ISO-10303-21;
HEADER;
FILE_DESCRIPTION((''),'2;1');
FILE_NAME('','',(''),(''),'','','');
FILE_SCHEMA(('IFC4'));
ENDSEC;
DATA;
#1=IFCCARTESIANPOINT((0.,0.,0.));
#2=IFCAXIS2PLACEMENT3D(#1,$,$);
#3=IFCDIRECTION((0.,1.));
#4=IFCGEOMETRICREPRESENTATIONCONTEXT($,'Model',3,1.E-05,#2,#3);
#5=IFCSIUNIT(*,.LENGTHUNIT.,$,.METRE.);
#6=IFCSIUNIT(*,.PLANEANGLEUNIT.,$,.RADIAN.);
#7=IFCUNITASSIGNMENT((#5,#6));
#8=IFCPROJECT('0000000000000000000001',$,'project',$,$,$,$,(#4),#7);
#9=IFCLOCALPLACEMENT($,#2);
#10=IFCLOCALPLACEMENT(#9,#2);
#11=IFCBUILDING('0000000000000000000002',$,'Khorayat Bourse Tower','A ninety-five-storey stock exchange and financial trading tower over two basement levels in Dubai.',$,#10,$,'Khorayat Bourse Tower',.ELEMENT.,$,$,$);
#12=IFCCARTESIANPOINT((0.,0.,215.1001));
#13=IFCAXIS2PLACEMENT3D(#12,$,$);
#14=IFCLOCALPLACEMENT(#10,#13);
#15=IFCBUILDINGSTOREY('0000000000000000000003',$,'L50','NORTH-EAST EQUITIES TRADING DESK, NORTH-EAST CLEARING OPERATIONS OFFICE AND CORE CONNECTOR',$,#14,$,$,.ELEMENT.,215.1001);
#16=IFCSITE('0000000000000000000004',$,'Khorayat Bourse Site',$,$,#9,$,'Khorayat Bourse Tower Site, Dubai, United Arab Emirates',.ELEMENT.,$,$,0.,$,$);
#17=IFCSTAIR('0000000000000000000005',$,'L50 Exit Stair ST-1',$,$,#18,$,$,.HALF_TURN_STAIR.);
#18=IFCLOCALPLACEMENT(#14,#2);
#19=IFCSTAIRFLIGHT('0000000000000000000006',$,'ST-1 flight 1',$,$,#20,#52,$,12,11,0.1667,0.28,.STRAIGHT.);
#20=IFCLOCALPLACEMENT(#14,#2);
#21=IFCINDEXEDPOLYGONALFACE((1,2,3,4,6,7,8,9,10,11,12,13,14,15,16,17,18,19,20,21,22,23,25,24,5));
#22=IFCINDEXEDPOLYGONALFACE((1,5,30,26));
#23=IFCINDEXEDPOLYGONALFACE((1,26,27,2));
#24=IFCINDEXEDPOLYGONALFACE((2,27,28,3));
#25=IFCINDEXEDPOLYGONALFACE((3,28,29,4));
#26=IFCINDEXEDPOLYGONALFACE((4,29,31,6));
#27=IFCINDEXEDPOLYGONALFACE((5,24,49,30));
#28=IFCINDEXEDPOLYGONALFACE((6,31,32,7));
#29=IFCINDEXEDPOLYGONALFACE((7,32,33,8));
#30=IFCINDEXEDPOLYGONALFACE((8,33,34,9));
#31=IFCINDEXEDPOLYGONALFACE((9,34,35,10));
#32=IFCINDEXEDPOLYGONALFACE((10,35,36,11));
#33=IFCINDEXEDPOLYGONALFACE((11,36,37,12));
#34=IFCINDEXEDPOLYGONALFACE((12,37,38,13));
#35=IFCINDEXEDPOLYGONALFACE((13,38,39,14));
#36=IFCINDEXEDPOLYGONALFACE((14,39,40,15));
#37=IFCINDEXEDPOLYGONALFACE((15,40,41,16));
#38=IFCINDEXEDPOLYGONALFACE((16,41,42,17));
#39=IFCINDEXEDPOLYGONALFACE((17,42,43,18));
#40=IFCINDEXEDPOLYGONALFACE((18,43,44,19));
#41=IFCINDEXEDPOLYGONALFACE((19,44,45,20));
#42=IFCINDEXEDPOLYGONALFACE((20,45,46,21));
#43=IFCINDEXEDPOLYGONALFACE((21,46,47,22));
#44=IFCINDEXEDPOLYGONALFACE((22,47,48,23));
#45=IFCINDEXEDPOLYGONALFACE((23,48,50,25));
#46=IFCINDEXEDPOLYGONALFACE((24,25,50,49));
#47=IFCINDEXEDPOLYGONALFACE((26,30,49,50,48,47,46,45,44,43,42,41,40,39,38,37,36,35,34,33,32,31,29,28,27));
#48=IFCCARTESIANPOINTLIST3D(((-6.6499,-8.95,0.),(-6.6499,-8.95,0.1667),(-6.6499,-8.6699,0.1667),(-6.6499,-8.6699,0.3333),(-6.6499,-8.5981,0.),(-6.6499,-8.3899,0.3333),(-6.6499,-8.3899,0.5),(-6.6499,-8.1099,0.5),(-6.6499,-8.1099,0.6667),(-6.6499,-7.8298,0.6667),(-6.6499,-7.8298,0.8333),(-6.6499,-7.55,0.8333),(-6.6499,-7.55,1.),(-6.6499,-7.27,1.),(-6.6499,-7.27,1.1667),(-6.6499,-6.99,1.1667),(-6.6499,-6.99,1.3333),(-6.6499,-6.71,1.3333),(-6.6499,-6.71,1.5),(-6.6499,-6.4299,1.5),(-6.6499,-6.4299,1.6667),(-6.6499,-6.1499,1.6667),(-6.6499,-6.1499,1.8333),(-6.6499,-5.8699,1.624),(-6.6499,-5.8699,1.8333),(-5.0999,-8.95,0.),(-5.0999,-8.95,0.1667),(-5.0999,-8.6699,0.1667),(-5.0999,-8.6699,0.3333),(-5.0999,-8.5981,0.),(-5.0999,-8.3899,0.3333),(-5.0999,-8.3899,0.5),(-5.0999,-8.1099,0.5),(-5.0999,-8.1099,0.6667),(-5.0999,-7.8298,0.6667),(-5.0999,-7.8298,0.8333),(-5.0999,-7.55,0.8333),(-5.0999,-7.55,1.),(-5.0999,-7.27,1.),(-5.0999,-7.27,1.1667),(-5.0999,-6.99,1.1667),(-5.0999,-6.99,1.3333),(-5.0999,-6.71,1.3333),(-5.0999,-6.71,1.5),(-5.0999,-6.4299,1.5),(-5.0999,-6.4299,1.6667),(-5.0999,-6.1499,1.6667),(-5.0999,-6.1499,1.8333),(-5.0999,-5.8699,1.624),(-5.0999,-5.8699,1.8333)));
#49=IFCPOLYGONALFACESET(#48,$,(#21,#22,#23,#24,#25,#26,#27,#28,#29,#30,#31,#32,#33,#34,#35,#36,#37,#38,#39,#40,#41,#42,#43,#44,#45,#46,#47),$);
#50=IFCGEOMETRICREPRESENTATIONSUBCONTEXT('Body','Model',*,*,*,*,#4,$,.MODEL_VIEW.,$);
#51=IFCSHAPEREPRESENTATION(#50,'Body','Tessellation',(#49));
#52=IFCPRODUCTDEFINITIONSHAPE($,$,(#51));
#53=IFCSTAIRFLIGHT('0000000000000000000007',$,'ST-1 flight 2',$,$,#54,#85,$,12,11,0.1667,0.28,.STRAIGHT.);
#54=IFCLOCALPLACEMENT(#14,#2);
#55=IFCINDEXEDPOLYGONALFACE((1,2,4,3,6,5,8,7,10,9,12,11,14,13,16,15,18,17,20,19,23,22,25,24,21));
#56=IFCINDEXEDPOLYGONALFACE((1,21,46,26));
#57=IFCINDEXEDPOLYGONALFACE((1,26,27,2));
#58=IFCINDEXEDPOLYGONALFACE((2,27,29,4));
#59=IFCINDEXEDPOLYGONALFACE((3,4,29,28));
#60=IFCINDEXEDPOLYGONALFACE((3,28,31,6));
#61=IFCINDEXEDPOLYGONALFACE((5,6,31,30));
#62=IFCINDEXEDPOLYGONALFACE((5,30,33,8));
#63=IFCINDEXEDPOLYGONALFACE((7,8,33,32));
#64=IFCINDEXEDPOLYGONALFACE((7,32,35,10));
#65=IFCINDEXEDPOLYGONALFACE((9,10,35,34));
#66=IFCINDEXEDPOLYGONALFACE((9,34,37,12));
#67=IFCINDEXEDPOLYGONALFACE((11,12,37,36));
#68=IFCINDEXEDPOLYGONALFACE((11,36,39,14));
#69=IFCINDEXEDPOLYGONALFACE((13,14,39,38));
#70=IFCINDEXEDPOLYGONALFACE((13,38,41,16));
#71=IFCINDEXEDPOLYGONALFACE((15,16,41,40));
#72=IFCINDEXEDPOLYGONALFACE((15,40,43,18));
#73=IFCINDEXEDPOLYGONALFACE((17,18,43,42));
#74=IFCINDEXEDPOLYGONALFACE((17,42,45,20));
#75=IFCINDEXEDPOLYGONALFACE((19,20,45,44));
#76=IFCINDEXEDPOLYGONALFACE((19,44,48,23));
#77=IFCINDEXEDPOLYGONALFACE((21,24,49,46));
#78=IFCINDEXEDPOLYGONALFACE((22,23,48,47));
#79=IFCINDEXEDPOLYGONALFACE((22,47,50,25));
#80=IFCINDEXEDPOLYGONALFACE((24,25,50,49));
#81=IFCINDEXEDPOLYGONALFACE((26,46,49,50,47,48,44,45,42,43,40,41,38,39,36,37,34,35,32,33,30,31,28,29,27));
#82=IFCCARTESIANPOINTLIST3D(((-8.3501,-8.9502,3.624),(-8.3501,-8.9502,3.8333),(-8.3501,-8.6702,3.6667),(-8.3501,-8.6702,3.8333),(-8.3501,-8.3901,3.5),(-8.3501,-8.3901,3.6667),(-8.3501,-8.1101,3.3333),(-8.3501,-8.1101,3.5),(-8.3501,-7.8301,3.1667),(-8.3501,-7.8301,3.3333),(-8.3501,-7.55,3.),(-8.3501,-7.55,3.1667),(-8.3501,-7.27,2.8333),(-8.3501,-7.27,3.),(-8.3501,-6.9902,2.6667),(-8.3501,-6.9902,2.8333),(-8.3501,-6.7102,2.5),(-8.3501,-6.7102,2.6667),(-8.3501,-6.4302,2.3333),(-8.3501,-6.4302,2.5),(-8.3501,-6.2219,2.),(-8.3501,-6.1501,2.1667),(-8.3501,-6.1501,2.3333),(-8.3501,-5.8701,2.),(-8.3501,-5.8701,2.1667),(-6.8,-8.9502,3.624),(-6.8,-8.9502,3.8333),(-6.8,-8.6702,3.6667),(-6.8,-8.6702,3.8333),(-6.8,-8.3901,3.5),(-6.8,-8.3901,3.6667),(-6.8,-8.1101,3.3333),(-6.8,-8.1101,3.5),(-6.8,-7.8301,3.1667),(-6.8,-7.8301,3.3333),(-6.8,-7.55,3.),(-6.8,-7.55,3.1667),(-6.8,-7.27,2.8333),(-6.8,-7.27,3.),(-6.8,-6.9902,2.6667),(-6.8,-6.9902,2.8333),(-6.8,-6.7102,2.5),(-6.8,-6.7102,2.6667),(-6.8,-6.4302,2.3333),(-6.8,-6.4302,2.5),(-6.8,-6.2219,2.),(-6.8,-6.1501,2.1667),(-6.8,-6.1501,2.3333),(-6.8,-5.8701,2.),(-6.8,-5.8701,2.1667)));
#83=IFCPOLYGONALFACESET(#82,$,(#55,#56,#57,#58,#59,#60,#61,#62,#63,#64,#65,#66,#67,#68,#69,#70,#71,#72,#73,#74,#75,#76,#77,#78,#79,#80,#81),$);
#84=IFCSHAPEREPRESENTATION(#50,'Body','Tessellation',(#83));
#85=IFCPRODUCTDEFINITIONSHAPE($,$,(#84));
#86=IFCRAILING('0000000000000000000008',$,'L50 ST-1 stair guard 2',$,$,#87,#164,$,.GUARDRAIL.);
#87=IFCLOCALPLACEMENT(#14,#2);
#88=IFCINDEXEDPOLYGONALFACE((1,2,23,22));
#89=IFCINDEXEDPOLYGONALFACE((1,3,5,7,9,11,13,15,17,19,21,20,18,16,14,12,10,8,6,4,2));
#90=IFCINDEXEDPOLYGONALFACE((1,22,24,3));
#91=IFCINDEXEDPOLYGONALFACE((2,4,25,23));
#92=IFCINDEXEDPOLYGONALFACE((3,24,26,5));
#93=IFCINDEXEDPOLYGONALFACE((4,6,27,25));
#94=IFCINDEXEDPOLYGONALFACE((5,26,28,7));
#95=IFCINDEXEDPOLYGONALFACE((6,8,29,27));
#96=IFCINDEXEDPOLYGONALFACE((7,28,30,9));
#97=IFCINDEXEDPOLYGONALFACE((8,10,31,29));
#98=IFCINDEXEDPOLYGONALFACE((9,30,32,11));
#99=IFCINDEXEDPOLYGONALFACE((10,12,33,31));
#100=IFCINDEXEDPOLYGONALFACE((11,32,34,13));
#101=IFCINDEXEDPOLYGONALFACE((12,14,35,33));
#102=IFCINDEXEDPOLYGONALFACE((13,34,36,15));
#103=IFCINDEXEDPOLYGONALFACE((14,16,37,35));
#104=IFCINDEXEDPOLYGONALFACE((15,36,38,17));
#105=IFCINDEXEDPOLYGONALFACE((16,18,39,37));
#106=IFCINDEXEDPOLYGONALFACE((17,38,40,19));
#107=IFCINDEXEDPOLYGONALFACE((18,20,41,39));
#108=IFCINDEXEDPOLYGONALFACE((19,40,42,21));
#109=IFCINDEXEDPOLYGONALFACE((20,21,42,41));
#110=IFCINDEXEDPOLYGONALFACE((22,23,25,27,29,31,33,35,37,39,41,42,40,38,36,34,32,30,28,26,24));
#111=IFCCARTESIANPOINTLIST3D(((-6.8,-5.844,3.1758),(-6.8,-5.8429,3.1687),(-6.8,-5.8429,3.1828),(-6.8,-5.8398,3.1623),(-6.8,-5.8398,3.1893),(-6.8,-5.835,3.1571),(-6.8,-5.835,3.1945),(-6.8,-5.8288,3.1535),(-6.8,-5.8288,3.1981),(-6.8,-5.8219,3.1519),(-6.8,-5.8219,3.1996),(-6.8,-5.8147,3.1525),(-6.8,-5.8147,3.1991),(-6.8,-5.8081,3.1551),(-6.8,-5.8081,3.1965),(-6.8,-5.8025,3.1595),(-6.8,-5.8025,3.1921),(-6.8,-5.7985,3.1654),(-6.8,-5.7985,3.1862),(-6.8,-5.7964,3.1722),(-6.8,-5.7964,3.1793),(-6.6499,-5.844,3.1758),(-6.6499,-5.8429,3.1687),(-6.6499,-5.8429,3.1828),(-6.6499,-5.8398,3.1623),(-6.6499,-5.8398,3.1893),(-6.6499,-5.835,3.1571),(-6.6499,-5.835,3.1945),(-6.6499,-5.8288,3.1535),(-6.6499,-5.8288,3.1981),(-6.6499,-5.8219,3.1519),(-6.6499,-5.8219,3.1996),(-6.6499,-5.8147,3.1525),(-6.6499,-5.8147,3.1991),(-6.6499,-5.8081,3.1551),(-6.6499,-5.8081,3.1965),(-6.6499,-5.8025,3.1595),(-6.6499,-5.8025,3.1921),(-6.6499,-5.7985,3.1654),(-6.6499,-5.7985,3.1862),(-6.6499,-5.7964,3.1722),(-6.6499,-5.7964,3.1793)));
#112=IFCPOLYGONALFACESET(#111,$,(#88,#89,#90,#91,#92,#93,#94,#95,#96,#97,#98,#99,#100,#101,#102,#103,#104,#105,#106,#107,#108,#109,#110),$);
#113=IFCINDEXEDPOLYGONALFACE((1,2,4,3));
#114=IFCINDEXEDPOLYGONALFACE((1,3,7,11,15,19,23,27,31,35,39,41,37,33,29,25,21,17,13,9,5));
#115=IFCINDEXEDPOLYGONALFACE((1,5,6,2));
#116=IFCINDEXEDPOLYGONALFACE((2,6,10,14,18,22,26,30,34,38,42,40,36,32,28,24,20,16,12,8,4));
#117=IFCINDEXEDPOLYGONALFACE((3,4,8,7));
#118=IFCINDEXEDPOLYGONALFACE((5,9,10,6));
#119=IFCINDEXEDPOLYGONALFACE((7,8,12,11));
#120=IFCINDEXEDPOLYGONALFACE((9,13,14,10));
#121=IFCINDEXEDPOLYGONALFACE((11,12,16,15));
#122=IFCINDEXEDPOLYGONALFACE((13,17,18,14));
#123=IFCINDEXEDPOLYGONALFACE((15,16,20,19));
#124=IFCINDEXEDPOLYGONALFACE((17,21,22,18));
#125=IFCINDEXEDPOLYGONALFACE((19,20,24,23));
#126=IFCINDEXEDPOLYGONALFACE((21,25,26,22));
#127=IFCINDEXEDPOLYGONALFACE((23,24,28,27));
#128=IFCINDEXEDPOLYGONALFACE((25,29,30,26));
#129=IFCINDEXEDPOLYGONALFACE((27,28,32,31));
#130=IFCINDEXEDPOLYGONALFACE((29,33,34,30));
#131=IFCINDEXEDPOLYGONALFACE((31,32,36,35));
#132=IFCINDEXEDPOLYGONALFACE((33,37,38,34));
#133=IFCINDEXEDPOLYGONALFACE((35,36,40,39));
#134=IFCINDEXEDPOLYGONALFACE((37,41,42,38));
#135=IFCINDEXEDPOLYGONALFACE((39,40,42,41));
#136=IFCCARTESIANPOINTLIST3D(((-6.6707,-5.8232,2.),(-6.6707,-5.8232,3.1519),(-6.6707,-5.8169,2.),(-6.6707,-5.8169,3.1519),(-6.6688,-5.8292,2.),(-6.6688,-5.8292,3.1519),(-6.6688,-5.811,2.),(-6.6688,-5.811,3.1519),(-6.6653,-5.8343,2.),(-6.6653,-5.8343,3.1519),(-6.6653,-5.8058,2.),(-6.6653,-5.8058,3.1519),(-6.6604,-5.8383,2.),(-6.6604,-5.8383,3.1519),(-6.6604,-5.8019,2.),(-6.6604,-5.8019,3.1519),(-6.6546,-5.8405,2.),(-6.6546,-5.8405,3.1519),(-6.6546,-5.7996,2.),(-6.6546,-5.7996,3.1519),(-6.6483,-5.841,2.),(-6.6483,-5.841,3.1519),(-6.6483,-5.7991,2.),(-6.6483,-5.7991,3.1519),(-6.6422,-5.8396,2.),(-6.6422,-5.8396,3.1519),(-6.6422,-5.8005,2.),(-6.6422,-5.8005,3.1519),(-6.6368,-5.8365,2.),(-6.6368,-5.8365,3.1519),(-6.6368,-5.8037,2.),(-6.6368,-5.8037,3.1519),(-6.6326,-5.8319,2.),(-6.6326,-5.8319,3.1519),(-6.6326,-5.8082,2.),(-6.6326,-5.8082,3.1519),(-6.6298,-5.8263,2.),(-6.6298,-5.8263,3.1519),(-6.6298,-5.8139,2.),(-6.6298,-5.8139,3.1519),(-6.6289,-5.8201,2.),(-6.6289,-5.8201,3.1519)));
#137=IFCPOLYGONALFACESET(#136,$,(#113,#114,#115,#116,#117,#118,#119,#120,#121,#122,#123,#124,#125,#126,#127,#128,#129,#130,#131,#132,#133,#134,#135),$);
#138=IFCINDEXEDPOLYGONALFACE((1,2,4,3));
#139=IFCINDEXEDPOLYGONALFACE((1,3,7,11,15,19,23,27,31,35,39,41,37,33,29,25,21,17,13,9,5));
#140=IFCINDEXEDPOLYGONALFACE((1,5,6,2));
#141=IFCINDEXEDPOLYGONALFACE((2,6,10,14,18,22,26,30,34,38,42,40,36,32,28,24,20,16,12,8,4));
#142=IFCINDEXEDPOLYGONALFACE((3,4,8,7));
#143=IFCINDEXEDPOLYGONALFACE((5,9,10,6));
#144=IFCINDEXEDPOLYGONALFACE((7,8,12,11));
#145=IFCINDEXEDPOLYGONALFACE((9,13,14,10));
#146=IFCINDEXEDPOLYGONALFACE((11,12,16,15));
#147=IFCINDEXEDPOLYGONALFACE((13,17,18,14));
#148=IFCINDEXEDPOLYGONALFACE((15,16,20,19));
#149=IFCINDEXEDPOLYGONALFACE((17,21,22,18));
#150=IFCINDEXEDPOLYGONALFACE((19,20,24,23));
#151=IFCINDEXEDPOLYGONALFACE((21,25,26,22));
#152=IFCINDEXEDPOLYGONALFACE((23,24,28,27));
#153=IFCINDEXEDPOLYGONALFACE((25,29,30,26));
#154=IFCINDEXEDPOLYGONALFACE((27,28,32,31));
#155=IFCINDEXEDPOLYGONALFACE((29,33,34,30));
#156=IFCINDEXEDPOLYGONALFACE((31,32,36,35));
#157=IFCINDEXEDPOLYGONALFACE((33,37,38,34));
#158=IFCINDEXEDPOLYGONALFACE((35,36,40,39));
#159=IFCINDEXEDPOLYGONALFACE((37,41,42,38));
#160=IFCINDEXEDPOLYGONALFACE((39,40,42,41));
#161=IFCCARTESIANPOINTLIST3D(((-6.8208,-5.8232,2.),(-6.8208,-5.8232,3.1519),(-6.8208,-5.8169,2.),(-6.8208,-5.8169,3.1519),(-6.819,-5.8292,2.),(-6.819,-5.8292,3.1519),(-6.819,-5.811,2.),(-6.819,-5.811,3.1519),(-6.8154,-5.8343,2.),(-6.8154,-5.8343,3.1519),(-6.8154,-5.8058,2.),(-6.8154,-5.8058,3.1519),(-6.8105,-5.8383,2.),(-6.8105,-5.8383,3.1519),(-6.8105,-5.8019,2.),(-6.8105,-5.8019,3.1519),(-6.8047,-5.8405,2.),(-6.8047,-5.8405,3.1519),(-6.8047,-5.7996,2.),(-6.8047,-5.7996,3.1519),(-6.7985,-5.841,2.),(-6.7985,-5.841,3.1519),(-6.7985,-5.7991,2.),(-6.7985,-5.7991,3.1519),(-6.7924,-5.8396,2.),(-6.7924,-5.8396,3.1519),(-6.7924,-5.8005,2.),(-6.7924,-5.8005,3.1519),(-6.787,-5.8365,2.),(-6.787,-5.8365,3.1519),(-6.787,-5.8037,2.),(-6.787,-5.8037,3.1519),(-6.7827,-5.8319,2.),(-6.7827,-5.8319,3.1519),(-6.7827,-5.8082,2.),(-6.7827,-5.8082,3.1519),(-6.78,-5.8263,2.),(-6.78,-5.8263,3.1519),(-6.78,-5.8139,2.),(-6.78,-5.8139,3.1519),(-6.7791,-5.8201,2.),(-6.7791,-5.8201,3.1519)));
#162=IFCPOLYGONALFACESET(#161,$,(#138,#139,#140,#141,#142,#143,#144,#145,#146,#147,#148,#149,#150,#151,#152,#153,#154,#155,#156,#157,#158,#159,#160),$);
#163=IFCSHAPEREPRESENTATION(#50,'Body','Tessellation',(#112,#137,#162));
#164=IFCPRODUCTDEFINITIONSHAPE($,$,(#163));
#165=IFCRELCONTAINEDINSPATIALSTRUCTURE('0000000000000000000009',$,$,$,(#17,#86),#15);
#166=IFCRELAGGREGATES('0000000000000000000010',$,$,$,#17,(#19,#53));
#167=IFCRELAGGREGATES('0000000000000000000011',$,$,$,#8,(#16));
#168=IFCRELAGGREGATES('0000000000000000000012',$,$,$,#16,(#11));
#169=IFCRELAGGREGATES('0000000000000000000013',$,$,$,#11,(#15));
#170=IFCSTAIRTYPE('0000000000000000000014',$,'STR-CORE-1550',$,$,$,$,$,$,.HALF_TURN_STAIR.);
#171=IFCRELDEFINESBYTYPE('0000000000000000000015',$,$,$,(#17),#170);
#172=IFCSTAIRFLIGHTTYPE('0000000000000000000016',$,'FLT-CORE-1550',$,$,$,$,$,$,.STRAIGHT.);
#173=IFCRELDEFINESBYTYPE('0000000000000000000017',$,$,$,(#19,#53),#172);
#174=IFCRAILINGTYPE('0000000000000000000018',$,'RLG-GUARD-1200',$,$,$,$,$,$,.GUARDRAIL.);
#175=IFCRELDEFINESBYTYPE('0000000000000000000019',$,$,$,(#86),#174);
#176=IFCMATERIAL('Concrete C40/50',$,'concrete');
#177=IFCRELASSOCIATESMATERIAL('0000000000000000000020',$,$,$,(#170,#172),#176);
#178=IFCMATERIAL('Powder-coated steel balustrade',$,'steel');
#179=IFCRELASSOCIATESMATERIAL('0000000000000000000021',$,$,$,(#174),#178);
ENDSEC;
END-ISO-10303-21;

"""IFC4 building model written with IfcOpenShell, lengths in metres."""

from ifc_helpers import new_model, si_unit, direction, frame, origin, origin_2d, place, context, subcontext, project, spatial, polyline, circle, outline, extrude, source, transform, mapped, material, type_object, element, aggregate, save


model = new_model("IFC4")

# Units and contexts
model_context = context("Model", 3, precision=1e-05, world=origin(), true_north=direction((0.0, 1.0)))
body_context = subcontext(model_context, "Body", "Model", "MODEL_VIEW")
ifc_project = project(units=[si_unit("LENGTHUNIT", "METRE"), si_unit("PLANEANGLEUNIT", "RADIAN")], contexts=[model_context])

# Site, building, storey
site_placement = place(None, origin())
site = spatial("IfcSite", under=ifc_project, at=site_placement, Name="Khorayat Bourse Site", LongName="Khorayat Bourse Tower Site, Dubai, United Arab Emirates", CompositionType="ELEMENT", RefElevation=0.0)
building_placement = place(site_placement, origin())
building = spatial("IfcBuilding", under=site, at=building_placement, Name="Khorayat Bourse Tower", Description="A ninety-five-storey stock exchange and financial trading tower over two basement levels in Dubai.", LongName="Khorayat Bourse Tower", CompositionType="ELEMENT")
storey_placement = place(building_placement, frame((0.0, 0.0, 215.1001)))
storey = spatial("IfcBuildingStorey", under=building, at=storey_placement, Name="L50", Description="NORTH-EAST EQUITIES TRADING DESK, NORTH-EAST CLEARING OPERATIONS OFFICE AND CORE CONNECTOR", CompositionType="ELEMENT", Elevation=215.1001)

# Stair, stair flights
ifc_material_1 = material(Name="Concrete C40/50", Category="concrete")
stair_type = type_object("IfcStairType", Name="STR-CORE-1550", PredefinedType="HALF_TURN_STAIR", material=ifc_material_1)
stair_placement = place(storey_placement, origin())
stair = element("IfcStair", 1, at=stair_placement, inside=storey, type_object=stair_type, Name="L50 Exit Stair ST-1", PredefinedType="HALF_TURN_STAIR")
stair_flight_type = type_object("IfcStairFlightType", Name="FLT-CORE-1550", PredefinedType="STRAIGHT", material=ifc_material_1)
shared_shape_1 = source(origin(), body_context, "Body", "SweptSolid", [
    extrude(outline(polyline([(0.0, 0.0), (0.0, 0.1667), (0.28, 0.1667), (0.28, 0.3333), (0.5601, 0.3333), (0.5601, 0.5), (0.8401, 0.5), (0.8401, 0.6667), (1.1201, 0.6667), (1.1201, 0.8333), (1.3999, 0.8333), (1.3999, 1.0), (1.6799, 1.0), (1.6799, 1.1667), (1.96, 1.1667), (1.96, 1.3333), (2.24, 1.3333), (2.24, 1.5), (2.52, 1.5), (2.52, 1.6667), (2.8, 1.6667), (2.8, 1.8333), (3.0801, 1.8333), (3.0801, 2.0), (3.0801, 1.624), (0.3518, 0.0), (0.0, 0.0)])), frame((0.0, 0.7749, 0.0), z_axis=(0.0, -1.0, 0.0), x_axis=(1.0, 0.0, 0.0)), (0.0, 0.0, 1.0), 1.55),
])
stair_flight_1_placement = place(storey_placement, frame((-5.875, -8.95, 0.0), z_axis=(0.0, 0.0, 1.0), x_axis=(0.0, 1.0, 0.0)))
stair_flight_1 = element("IfcStairFlight", 2, at=stair_flight_1_placement, type_object=stair_flight_type, Name="ST-1 flight 1", NumberOfRisers=12, NumberOfTreads=11, PredefinedType="STRAIGHT", RiserHeight=0.1667, TreadLength=0.28, context=body_context, shape_type="MappedRepresentation", body=[
    mapped(shared_shape_1, transform((0.0, 0.0, 0.0), scale=1.0)),
])
stair_flight_2_placement = place(storey_placement, frame((-7.575, -5.8701, 2.0), z_axis=(0.0, 0.0, 1.0), x_axis=(0.0, -1.0, 0.0)))
stair_flight_2 = element("IfcStairFlight", 3, at=stair_flight_2_placement, type_object=stair_flight_type, Name="ST-1 flight 2", NumberOfRisers=12, NumberOfTreads=11, PredefinedType="STRAIGHT", RiserHeight=0.1667, TreadLength=0.28, context=body_context, shape_type="MappedRepresentation", body=[
    mapped(shared_shape_1, transform((0.0, 0.0, 0.0), scale=1.0)),
])
aggregate(stair, [stair_flight_1, stair_flight_2])

# Railing
ifc_material_2 = material(Name="Powder-coated steel balustrade", Category="steel")
railing_type_1 = type_object("IfcRailingType", Name="RLG-GUARD-1200", PredefinedType="GUARDRAIL", material=ifc_material_2)
shared_shape_2 = source(origin(), body_context, "Body", "SweptSolid", [
    extrude(circle(Radius=0.0239, at=origin_2d()), frame((0.0, 0.0, 1.1758), z_axis=(-1.0, 0.0, 0.0), x_axis=(0.0, -1.0, 0.0)), (0.0, 0.0, 1.0), 0.1501),
    extrude(circle(Radius=0.021, at=origin_2d()), origin(), (0.0, 0.0, 1.0), 1.1519),
    extrude(circle(Radius=0.021, at=origin_2d()), frame((-0.1501, 0.0, 0.0)), (0.0, 0.0, 1.0), 1.1519),
])
for number, where, name in (
    (4, (-6.6499, -5.8201, 2.0), "L50 ST-1 stair guard 2"),
):
    element("IfcRailing", number, at=place(storey_placement, frame(where)), inside=storey, type_object=railing_type_1, Name=name, PredefinedType="GUARDRAIL", context=body_context, shape_type="MappedRepresentation", body=[
        mapped(shared_shape_2, transform((0.0, 0.0, 0.0), scale=1.0)),
    ])

save(model, "model.ifc")
